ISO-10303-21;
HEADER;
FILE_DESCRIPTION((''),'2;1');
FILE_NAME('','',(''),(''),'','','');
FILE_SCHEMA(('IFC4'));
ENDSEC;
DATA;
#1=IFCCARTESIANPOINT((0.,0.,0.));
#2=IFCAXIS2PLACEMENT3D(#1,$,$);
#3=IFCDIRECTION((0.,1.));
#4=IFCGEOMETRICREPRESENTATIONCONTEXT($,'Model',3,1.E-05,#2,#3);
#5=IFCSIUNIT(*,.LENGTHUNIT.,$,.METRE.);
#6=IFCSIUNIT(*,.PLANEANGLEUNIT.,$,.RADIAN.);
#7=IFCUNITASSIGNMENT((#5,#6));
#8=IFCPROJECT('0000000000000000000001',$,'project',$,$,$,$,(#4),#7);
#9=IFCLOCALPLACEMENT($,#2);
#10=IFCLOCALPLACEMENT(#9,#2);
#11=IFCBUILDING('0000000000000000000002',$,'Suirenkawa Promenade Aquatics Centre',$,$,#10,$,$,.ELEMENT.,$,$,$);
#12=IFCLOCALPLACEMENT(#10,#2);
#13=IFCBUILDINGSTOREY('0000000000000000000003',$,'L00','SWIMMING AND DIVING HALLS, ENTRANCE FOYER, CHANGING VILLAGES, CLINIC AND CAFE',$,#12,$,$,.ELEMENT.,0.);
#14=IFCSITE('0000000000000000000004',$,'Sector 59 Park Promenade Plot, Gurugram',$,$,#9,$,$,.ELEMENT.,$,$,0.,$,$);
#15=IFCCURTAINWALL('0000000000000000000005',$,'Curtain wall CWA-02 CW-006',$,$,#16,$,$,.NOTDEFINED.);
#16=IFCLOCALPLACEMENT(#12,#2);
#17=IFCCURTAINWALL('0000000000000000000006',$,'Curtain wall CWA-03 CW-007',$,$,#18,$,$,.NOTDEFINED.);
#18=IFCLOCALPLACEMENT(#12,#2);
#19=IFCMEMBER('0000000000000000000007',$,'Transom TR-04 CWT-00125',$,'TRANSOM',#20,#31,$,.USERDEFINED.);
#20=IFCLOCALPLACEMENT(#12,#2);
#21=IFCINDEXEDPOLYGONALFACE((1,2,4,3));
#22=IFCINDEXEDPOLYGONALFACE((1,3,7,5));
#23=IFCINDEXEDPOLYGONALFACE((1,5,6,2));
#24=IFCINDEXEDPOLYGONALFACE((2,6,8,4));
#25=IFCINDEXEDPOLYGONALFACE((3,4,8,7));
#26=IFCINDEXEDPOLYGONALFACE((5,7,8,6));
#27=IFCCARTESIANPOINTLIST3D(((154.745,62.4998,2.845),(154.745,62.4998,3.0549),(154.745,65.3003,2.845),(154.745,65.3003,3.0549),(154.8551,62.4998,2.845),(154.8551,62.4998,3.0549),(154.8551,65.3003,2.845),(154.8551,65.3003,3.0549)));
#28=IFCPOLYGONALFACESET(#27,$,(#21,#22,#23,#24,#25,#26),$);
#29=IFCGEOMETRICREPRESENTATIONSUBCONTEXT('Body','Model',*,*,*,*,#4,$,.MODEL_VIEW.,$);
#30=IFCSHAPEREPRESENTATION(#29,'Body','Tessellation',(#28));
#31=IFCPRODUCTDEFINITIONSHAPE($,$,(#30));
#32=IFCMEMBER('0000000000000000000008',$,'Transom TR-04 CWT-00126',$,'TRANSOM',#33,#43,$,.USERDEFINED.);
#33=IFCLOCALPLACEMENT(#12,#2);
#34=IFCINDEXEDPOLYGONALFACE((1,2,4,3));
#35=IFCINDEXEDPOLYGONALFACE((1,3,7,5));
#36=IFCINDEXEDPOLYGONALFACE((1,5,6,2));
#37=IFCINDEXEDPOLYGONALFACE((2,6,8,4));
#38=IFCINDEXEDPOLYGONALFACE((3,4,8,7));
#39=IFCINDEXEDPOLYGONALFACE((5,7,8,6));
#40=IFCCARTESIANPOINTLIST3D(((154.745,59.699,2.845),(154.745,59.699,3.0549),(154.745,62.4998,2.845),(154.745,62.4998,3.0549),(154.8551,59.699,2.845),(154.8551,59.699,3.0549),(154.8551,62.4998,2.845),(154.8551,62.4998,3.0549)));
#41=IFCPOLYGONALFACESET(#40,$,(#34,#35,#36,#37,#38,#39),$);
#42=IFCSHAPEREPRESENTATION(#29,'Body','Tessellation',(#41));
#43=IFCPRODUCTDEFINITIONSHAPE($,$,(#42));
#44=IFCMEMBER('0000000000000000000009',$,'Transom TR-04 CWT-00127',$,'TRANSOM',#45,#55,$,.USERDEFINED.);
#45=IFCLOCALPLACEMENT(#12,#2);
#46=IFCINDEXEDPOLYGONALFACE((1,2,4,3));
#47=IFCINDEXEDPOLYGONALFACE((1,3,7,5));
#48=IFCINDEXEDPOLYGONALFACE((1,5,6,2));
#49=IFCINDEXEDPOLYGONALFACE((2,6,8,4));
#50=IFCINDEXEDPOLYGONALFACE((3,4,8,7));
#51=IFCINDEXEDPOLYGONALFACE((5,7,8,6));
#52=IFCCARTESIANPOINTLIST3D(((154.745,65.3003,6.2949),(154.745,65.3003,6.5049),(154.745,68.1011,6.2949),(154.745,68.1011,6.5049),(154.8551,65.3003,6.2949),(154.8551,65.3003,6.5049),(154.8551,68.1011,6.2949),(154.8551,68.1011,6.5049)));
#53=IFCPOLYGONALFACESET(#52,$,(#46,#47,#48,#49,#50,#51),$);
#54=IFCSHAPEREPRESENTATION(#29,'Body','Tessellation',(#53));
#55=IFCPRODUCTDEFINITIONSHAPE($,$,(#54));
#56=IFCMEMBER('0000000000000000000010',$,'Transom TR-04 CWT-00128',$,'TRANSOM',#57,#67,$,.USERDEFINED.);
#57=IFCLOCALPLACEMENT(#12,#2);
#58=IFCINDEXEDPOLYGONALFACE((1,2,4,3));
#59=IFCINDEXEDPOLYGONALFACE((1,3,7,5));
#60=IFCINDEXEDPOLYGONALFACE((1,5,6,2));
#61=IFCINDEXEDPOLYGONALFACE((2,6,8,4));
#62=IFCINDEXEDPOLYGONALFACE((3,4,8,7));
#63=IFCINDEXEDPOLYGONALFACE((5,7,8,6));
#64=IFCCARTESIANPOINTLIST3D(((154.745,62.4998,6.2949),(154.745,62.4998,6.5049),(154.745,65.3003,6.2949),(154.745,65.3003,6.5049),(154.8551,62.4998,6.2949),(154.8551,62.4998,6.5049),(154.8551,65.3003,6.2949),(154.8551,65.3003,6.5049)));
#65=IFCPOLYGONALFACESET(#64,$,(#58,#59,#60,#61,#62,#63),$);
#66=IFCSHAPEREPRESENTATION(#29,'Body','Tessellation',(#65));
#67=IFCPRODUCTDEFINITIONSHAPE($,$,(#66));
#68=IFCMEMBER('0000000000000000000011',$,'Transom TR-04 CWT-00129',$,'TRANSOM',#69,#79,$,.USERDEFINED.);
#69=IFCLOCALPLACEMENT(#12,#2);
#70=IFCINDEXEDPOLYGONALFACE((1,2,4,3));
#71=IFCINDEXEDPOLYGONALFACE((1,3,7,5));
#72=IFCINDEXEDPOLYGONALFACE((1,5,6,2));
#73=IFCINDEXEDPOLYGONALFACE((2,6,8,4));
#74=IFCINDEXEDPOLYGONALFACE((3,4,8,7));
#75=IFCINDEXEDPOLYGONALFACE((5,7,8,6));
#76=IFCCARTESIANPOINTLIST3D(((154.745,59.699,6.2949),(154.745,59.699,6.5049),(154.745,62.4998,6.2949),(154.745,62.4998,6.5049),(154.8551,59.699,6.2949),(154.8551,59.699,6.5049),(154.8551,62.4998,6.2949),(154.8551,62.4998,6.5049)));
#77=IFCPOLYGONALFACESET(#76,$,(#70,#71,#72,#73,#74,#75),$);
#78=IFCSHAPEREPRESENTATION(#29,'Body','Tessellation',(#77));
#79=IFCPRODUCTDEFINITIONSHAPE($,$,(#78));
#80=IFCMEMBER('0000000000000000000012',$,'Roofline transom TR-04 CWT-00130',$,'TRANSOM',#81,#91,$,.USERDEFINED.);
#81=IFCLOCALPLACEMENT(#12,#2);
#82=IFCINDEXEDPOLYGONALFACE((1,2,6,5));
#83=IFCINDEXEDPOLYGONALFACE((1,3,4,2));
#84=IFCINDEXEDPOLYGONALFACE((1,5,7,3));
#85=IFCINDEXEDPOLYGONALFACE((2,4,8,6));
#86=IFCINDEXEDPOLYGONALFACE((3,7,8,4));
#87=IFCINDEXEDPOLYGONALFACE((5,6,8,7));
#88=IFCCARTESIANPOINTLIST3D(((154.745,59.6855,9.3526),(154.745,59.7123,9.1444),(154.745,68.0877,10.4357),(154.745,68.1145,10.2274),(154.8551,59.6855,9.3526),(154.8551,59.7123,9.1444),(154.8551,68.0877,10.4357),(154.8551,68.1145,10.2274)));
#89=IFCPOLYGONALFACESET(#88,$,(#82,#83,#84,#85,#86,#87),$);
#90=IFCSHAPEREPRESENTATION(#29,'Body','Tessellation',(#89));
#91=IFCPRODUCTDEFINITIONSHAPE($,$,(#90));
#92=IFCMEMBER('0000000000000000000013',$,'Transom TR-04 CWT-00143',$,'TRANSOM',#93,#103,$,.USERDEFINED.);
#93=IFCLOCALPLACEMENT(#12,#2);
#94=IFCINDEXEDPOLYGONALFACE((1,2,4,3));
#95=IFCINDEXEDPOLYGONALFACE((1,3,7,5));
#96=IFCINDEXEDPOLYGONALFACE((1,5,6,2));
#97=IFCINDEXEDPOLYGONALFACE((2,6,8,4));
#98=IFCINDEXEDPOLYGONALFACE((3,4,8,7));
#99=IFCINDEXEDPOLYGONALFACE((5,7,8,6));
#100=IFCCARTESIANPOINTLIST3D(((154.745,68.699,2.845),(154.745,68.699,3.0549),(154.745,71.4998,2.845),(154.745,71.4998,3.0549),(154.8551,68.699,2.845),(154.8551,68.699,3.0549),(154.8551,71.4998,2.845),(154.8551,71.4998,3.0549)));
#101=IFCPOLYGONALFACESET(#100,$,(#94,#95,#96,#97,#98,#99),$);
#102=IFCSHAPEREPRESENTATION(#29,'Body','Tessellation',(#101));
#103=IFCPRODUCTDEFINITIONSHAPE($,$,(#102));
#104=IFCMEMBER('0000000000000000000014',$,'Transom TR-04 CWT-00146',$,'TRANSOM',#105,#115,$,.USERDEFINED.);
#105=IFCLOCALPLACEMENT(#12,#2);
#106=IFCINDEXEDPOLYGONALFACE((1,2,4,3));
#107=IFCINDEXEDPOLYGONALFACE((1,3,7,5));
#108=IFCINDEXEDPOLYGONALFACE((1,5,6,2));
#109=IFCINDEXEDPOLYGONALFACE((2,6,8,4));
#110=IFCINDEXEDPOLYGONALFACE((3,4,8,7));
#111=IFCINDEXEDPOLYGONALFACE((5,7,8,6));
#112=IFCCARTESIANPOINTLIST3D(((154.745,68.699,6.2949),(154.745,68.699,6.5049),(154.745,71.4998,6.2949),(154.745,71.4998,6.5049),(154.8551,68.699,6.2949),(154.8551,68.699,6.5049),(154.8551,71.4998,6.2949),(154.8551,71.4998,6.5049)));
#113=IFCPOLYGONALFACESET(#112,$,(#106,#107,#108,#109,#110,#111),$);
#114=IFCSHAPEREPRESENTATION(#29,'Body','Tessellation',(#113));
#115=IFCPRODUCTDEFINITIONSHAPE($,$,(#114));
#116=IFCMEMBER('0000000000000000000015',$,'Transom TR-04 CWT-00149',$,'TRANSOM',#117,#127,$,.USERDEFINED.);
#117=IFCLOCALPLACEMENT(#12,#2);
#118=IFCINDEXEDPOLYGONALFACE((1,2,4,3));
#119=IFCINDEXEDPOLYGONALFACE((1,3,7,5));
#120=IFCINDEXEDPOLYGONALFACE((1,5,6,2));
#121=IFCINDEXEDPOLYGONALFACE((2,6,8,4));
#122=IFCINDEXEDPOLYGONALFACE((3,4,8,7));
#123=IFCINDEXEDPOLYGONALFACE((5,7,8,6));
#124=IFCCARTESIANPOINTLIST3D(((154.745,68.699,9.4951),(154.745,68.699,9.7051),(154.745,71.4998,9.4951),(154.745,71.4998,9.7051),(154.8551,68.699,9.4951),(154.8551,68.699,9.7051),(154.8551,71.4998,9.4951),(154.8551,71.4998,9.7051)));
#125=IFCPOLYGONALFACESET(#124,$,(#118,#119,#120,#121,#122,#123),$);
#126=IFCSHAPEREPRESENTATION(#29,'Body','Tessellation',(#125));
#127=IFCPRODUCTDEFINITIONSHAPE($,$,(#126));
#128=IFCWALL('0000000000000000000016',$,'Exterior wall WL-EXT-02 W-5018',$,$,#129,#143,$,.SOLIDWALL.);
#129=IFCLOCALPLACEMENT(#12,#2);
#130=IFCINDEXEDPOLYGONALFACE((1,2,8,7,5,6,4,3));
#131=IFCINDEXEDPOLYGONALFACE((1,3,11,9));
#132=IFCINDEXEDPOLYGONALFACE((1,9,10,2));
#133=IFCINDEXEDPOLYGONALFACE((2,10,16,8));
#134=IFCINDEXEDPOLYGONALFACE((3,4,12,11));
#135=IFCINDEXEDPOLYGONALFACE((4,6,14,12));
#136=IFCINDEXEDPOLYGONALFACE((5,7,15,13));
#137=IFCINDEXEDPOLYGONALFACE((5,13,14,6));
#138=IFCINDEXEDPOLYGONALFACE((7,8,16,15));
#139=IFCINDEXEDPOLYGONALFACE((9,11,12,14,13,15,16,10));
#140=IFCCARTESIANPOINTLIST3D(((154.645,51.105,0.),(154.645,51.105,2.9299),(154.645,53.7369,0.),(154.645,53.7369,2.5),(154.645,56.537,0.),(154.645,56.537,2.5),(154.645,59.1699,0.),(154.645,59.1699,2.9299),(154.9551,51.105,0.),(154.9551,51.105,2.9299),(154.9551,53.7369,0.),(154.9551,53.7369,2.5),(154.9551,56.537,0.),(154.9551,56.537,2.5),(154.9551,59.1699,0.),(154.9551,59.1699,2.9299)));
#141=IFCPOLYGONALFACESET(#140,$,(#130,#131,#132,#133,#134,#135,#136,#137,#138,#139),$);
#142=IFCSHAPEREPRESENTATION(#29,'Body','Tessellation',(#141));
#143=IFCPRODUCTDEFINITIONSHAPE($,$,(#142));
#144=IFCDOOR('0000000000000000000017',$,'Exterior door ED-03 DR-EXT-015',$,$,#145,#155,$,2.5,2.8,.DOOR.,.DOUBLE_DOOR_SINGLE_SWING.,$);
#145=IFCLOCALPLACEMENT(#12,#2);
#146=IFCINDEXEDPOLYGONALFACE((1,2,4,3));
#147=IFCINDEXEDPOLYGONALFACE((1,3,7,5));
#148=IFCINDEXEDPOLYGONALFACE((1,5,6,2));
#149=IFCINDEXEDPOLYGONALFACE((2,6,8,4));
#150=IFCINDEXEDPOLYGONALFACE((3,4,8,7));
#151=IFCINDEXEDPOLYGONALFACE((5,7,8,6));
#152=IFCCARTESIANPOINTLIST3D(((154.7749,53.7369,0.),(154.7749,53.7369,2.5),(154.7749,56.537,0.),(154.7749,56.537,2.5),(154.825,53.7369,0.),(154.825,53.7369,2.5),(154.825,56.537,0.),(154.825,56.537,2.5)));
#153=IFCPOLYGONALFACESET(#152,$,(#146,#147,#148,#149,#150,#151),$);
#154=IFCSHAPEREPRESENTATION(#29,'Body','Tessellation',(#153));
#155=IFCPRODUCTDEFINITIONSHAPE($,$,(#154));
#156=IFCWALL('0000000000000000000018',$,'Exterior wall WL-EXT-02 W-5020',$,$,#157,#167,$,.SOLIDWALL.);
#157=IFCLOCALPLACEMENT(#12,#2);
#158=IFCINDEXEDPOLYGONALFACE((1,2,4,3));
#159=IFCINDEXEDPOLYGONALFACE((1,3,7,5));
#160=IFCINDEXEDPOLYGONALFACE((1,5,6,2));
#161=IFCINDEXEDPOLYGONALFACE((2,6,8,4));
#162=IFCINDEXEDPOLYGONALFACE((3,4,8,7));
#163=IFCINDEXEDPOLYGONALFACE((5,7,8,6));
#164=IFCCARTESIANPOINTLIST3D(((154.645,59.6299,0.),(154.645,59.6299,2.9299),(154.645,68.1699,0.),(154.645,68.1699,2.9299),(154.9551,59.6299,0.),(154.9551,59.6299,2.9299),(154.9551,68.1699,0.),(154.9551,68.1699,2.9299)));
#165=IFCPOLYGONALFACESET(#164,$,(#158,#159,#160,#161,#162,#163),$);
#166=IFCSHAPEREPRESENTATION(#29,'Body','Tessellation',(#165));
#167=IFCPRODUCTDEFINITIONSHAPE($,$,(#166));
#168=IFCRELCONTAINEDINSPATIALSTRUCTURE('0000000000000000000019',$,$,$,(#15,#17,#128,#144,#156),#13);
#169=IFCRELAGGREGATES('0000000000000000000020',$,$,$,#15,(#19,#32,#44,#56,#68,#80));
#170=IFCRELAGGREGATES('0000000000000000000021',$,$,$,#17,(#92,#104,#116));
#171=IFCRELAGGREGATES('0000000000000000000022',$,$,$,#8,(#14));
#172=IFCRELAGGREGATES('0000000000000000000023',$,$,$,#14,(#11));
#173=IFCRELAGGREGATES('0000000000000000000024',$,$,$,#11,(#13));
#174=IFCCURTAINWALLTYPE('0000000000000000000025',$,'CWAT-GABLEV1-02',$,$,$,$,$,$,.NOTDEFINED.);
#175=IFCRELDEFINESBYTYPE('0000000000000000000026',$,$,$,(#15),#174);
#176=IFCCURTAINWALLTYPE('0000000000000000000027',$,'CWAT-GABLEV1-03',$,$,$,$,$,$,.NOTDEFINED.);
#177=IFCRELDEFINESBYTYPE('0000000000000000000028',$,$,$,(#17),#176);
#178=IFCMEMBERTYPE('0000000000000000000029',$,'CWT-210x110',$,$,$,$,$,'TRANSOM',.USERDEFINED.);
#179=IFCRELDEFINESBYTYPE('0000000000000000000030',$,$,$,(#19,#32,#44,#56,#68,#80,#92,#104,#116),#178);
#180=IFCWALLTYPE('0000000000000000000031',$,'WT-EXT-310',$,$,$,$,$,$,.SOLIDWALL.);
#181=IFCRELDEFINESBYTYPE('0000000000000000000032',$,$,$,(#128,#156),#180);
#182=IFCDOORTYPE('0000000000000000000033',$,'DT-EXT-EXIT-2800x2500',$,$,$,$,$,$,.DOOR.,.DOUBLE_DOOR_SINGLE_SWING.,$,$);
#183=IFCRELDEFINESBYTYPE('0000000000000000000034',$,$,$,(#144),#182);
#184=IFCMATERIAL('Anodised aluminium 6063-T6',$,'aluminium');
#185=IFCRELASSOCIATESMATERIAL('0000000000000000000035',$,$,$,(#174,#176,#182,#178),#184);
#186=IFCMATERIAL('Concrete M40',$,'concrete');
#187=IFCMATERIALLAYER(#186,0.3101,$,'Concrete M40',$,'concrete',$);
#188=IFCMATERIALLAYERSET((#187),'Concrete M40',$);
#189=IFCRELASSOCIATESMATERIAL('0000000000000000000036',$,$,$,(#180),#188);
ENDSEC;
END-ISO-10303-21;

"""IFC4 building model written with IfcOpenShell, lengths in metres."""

from ifc_helpers import new_model, si_unit, direction, frame, frame_2d, origin, origin_2d, place, context, subcontext, project, spatial, rectangle, extrude, material, layer, layer_set, material_profile, profile_set, type_object, element, fill, aggregate, save


model = new_model("IFC4")

# Units and contexts
model_context = context("Model", 3, precision=1e-05, world=origin(), true_north=direction((0.0, 1.0)))
body_context = subcontext(model_context, "Body", "Model", "MODEL_VIEW")
ifc_project = project(units=[si_unit("LENGTHUNIT", "METRE"), si_unit("PLANEANGLEUNIT", "RADIAN")], contexts=[model_context])

# Site, building, storey
site_placement = place(None, origin())
site = spatial("IfcSite", under=ifc_project, at=site_placement, Name="Sector 59 Park Promenade Plot, Gurugram", CompositionType="ELEMENT", RefElevation=0.0)
building_placement = place(site_placement, origin())
building = spatial("IfcBuilding", under=site, at=building_placement, Name="Suirenkawa Promenade Aquatics Centre", CompositionType="ELEMENT")
storey_placement = place(building_placement, origin())
storey = spatial("IfcBuildingStorey", under=building, at=storey_placement, Name="L00", Description="SWIMMING AND DIVING HALLS, ENTRANCE FOYER, CHANGING VILLAGES, CLINIC AND CAFE", CompositionType="ELEMENT", Elevation=0.0)

# Shared definitions
ifc_material_1 = material(Name="Anodised aluminium 6063-T6", Category="aluminium")

# Curtain walls
curtain_wall_type_1 = type_object("IfcCurtainWallType", Name="CWAT-GABLEV1-02", PredefinedType="NOTDEFINED", material=ifc_material_1)
curtain_wall_1_placement = place(storey_placement, origin())
curtain_wall_1 = element("IfcCurtainWall", 1, at=curtain_wall_1_placement, inside=storey, type_object=curtain_wall_type_1, Name="Curtain wall CWA-02 CW-006", PredefinedType="NOTDEFINED")
curtain_wall_type_2 = type_object("IfcCurtainWallType", Name="CWAT-GABLEV1-03", PredefinedType="NOTDEFINED", material=ifc_material_1)
curtain_wall_2_placement = place(storey_placement, origin())
curtain_wall_2 = element("IfcCurtainWall", 2, at=curtain_wall_2_placement, inside=storey, type_object=curtain_wall_type_2, Name="Curtain wall CWA-03 CW-007", PredefinedType="NOTDEFINED")

# Members
ifc_material_profile_1 = material_profile(ifc_material_1, rectangle(XDim=0.1101, YDim=0.21, at=origin_2d()), Name="ALU TRAN 110x210", Category="aluminium")
ifc_profile_set_1 = profile_set([ifc_material_profile_1], Name="Anodised aluminium 6063-T6")
member_type_1 = type_object("IfcMemberType", Name="CWT-210x110", ElementType="TRANSOM", PredefinedType="USERDEFINED", material=ifc_profile_set_1)
member_1_placement = place(storey_placement, frame((154.8, 65.3003, 2.95), z_axis=(0.0, -1.0, 0.0), x_axis=(1.0, 0.0, 0.0)))
member_1 = element("IfcMember", 3, at=member_1_placement, type_object=member_type_1, Name="Transom TR-04 CWT-00125", ObjectType="TRANSOM", PredefinedType="USERDEFINED", context=body_context, shape_type="SweptSolid", body=[
    extrude(rectangle(XDim=0.1101, YDim=0.21, at=origin_2d()), origin(), (0.0, 0.0, 1.0), 2.8005),
])
member_2_placement = place(storey_placement, frame((154.8, 62.4998, 2.95), z_axis=(0.0, -1.0, 0.0), x_axis=(1.0, 0.0, 0.0)))
member_2 = element("IfcMember", 4, at=member_2_placement, type_object=member_type_1, Name="Transom TR-04 CWT-00126", ObjectType="TRANSOM", PredefinedType="USERDEFINED", context=body_context, shape_type="SweptSolid", body=[
    extrude(rectangle(XDim=0.1101, YDim=0.21, at=origin_2d()), origin(), (0.0, 0.0, 1.0), 2.8008),
])
member_3_placement = place(storey_placement, frame((154.8, 68.1011, 6.3999), z_axis=(0.0, -1.0, 0.0), x_axis=(1.0, 0.0, 0.0)))
member_3 = element("IfcMember", 5, at=member_3_placement, type_object=member_type_1, Name="Transom TR-04 CWT-00127", ObjectType="TRANSOM", PredefinedType="USERDEFINED", context=body_context, shape_type="SweptSolid", body=[
    extrude(rectangle(XDim=0.1101, YDim=0.21, at=origin_2d()), origin(), (0.0, 0.0, 1.0), 2.8008),
])
member_4_placement = place(storey_placement, frame((154.8, 65.3003, 6.3999), z_axis=(0.0, -1.0, 0.0), x_axis=(1.0, 0.0, 0.0)))
member_4 = element("IfcMember", 6, at=member_4_placement, type_object=member_type_1, Name="Transom TR-04 CWT-00128", ObjectType="TRANSOM", PredefinedType="USERDEFINED", context=body_context, shape_type="SweptSolid", body=[
    extrude(rectangle(XDim=0.1101, YDim=0.21, at=origin_2d()), origin(), (0.0, 0.0, 1.0), 2.8005),
])
member_5_placement = place(storey_placement, frame((154.8, 62.4998, 6.3999), z_axis=(0.0, -1.0, 0.0), x_axis=(1.0, 0.0, 0.0)))
member_5 = element("IfcMember", 7, at=member_5_placement, type_object=member_type_1, Name="Transom TR-04 CWT-00129", ObjectType="TRANSOM", PredefinedType="USERDEFINED", context=body_context, shape_type="SweptSolid", body=[
    extrude(rectangle(XDim=0.1101, YDim=0.21, at=origin_2d()), origin(), (0.0, 0.0, 1.0), 2.8008),
])
member_6_placement = place(storey_placement, frame((154.8, 68.1011, 10.3315), z_axis=(0.0, -0.991795, -0.12784), x_axis=(1.0, 0.0, 0.0)))
member_6 = element("IfcMember", 8, at=member_6_placement, type_object=member_type_1, Name="Roofline transom TR-04 CWT-00130", ObjectType="TRANSOM", PredefinedType="USERDEFINED", context=body_context, shape_type="SweptSolid", body=[
    extrude(rectangle(XDim=0.1101, YDim=0.21, at=origin_2d()), origin(), (0.0, 0.0, 1.0), 8.4717),
])
member_7_placement = place(storey_placement, frame((154.8, 71.4998, 2.95), z_axis=(0.0, -1.0, 0.0), x_axis=(1.0, 0.0, 0.0)))
member_7 = element("IfcMember", 9, at=member_7_placement, type_object=member_type_1, Name="Transom TR-04 CWT-00143", ObjectType="TRANSOM", PredefinedType="USERDEFINED", context=body_context, shape_type="SweptSolid", body=[
    extrude(rectangle(XDim=0.1101, YDim=0.21, at=origin_2d()), origin(), (0.0, 0.0, 1.0), 2.8008),
])
member_8_placement = place(storey_placement, frame((154.8, 71.4998, 6.3999), z_axis=(0.0, -1.0, 0.0), x_axis=(1.0, 0.0, 0.0)))
member_8 = element("IfcMember", 10, at=member_8_placement, type_object=member_type_1, Name="Transom TR-04 CWT-00146", ObjectType="TRANSOM", PredefinedType="USERDEFINED", context=body_context, shape_type="SweptSolid", body=[
    extrude(rectangle(XDim=0.1101, YDim=0.21, at=origin_2d()), origin(), (0.0, 0.0, 1.0), 2.8008),
])
member_9_placement = place(storey_placement, frame((154.8, 71.4998, 9.6001), z_axis=(0.0, -1.0, 0.0), x_axis=(1.0, 0.0, 0.0)))
member_9 = element("IfcMember", 11, at=member_9_placement, type_object=member_type_1, Name="Transom TR-04 CWT-00149", ObjectType="TRANSOM", PredefinedType="USERDEFINED", context=body_context, shape_type="SweptSolid", body=[
    extrude(rectangle(XDim=0.1101, YDim=0.21, at=origin_2d()), origin(), (0.0, 0.0, 1.0), 2.8008),
])

aggregate(curtain_wall_1, [member_1, member_2, member_3, member_4, member_5, member_6])
aggregate(curtain_wall_2, [member_7, member_8, member_9])

# Wall, opening, door
ifc_material_2 = material(Name="Concrete M40", Category="concrete")
ifc_layer_1 = layer(ifc_material_2, 0.3101, Name="Concrete M40", Category="concrete")
ifc_layer_set_1 = layer_set([ifc_layer_1], Name="Concrete M40")
wall_type = type_object("IfcWallType", Name="WT-EXT-310", PredefinedType="SOLIDWALL", material=ifc_layer_set_1)
wall_1_placement = place(storey_placement, frame((154.8, 59.1699, 0.0), z_axis=(0.0, 0.0, 1.0), x_axis=(0.0, -1.0, 0.0)))
wall_1 = element("IfcWall", 12, at=wall_1_placement, inside=storey, type_object=wall_type, Name="Exterior wall WL-EXT-02 W-5018", PredefinedType="SOLIDWALL", context=body_context, shape_type="SweptSolid", body=[
    extrude(rectangle(XDim=8.0649, YDim=0.3101, at=frame_2d((4.0325, 0.0))), origin(), (0.0, 0.0, 1.0), 2.9299),
])
opening_placement = place(wall_1_placement, frame((2.6331, 0.0, 0.0)))
opening = element("IfcOpeningElement", 13, at=opening_placement, cuts=wall_1, PredefinedType="OPENING", context=body_context, shape_type="SweptSolid", body=[
    extrude(rectangle(XDim=2.8, YDim=2.5, at=frame_2d((1.3999, 1.25))), frame((0.0, 0.165, 0.0), z_axis=(0.0, -1.0, 0.0), x_axis=(1.0, 0.0, 0.0)), (0.0, 0.0, 1.0), 0.3301),
])
door_type = type_object("IfcDoorType", Name="DT-EXT-EXIT-2800x2500", OperationType="DOUBLE_DOOR_SINGLE_SWING", PredefinedType="DOOR", material=ifc_material_1)
door_placement = place(opening_placement, origin())
door = element("IfcDoor", 14, at=door_placement, inside=storey, type_object=door_type, Name="Exterior door ED-03 DR-EXT-015", OperationType="DOUBLE_DOOR_SINGLE_SWING", OverallHeight=2.5, OverallWidth=2.8, PredefinedType="DOOR", context=body_context, shape_type="SweptSolid", body=[
    extrude(rectangle(XDim=2.8, YDim=2.5, at=frame_2d((1.3999, 1.25))), frame((0.0, 0.0249, 0.0), z_axis=(0.0, -1.0, 0.0), x_axis=(1.0, 0.0, 0.0)), (0.0, 0.0, 1.0), 0.05),
])
fill(opening, door)

# Wall
wall_2_placement = place(storey_placement, frame((154.8, 68.1699, 0.0), z_axis=(0.0, 0.0, 1.0), x_axis=(0.0, -1.0, 0.0)))
element("IfcWall", 15, at=wall_2_placement, inside=storey, type_object=wall_type, Name="Exterior wall WL-EXT-02 W-5020", PredefinedType="SOLIDWALL", context=body_context, shape_type="SweptSolid", body=[
    extrude(rectangle(XDim=8.54, YDim=0.3101, at=frame_2d((4.27, 0.0))), origin(), (0.0, 0.0, 1.0), 2.9299),
])

save(model, "model.ifc")
